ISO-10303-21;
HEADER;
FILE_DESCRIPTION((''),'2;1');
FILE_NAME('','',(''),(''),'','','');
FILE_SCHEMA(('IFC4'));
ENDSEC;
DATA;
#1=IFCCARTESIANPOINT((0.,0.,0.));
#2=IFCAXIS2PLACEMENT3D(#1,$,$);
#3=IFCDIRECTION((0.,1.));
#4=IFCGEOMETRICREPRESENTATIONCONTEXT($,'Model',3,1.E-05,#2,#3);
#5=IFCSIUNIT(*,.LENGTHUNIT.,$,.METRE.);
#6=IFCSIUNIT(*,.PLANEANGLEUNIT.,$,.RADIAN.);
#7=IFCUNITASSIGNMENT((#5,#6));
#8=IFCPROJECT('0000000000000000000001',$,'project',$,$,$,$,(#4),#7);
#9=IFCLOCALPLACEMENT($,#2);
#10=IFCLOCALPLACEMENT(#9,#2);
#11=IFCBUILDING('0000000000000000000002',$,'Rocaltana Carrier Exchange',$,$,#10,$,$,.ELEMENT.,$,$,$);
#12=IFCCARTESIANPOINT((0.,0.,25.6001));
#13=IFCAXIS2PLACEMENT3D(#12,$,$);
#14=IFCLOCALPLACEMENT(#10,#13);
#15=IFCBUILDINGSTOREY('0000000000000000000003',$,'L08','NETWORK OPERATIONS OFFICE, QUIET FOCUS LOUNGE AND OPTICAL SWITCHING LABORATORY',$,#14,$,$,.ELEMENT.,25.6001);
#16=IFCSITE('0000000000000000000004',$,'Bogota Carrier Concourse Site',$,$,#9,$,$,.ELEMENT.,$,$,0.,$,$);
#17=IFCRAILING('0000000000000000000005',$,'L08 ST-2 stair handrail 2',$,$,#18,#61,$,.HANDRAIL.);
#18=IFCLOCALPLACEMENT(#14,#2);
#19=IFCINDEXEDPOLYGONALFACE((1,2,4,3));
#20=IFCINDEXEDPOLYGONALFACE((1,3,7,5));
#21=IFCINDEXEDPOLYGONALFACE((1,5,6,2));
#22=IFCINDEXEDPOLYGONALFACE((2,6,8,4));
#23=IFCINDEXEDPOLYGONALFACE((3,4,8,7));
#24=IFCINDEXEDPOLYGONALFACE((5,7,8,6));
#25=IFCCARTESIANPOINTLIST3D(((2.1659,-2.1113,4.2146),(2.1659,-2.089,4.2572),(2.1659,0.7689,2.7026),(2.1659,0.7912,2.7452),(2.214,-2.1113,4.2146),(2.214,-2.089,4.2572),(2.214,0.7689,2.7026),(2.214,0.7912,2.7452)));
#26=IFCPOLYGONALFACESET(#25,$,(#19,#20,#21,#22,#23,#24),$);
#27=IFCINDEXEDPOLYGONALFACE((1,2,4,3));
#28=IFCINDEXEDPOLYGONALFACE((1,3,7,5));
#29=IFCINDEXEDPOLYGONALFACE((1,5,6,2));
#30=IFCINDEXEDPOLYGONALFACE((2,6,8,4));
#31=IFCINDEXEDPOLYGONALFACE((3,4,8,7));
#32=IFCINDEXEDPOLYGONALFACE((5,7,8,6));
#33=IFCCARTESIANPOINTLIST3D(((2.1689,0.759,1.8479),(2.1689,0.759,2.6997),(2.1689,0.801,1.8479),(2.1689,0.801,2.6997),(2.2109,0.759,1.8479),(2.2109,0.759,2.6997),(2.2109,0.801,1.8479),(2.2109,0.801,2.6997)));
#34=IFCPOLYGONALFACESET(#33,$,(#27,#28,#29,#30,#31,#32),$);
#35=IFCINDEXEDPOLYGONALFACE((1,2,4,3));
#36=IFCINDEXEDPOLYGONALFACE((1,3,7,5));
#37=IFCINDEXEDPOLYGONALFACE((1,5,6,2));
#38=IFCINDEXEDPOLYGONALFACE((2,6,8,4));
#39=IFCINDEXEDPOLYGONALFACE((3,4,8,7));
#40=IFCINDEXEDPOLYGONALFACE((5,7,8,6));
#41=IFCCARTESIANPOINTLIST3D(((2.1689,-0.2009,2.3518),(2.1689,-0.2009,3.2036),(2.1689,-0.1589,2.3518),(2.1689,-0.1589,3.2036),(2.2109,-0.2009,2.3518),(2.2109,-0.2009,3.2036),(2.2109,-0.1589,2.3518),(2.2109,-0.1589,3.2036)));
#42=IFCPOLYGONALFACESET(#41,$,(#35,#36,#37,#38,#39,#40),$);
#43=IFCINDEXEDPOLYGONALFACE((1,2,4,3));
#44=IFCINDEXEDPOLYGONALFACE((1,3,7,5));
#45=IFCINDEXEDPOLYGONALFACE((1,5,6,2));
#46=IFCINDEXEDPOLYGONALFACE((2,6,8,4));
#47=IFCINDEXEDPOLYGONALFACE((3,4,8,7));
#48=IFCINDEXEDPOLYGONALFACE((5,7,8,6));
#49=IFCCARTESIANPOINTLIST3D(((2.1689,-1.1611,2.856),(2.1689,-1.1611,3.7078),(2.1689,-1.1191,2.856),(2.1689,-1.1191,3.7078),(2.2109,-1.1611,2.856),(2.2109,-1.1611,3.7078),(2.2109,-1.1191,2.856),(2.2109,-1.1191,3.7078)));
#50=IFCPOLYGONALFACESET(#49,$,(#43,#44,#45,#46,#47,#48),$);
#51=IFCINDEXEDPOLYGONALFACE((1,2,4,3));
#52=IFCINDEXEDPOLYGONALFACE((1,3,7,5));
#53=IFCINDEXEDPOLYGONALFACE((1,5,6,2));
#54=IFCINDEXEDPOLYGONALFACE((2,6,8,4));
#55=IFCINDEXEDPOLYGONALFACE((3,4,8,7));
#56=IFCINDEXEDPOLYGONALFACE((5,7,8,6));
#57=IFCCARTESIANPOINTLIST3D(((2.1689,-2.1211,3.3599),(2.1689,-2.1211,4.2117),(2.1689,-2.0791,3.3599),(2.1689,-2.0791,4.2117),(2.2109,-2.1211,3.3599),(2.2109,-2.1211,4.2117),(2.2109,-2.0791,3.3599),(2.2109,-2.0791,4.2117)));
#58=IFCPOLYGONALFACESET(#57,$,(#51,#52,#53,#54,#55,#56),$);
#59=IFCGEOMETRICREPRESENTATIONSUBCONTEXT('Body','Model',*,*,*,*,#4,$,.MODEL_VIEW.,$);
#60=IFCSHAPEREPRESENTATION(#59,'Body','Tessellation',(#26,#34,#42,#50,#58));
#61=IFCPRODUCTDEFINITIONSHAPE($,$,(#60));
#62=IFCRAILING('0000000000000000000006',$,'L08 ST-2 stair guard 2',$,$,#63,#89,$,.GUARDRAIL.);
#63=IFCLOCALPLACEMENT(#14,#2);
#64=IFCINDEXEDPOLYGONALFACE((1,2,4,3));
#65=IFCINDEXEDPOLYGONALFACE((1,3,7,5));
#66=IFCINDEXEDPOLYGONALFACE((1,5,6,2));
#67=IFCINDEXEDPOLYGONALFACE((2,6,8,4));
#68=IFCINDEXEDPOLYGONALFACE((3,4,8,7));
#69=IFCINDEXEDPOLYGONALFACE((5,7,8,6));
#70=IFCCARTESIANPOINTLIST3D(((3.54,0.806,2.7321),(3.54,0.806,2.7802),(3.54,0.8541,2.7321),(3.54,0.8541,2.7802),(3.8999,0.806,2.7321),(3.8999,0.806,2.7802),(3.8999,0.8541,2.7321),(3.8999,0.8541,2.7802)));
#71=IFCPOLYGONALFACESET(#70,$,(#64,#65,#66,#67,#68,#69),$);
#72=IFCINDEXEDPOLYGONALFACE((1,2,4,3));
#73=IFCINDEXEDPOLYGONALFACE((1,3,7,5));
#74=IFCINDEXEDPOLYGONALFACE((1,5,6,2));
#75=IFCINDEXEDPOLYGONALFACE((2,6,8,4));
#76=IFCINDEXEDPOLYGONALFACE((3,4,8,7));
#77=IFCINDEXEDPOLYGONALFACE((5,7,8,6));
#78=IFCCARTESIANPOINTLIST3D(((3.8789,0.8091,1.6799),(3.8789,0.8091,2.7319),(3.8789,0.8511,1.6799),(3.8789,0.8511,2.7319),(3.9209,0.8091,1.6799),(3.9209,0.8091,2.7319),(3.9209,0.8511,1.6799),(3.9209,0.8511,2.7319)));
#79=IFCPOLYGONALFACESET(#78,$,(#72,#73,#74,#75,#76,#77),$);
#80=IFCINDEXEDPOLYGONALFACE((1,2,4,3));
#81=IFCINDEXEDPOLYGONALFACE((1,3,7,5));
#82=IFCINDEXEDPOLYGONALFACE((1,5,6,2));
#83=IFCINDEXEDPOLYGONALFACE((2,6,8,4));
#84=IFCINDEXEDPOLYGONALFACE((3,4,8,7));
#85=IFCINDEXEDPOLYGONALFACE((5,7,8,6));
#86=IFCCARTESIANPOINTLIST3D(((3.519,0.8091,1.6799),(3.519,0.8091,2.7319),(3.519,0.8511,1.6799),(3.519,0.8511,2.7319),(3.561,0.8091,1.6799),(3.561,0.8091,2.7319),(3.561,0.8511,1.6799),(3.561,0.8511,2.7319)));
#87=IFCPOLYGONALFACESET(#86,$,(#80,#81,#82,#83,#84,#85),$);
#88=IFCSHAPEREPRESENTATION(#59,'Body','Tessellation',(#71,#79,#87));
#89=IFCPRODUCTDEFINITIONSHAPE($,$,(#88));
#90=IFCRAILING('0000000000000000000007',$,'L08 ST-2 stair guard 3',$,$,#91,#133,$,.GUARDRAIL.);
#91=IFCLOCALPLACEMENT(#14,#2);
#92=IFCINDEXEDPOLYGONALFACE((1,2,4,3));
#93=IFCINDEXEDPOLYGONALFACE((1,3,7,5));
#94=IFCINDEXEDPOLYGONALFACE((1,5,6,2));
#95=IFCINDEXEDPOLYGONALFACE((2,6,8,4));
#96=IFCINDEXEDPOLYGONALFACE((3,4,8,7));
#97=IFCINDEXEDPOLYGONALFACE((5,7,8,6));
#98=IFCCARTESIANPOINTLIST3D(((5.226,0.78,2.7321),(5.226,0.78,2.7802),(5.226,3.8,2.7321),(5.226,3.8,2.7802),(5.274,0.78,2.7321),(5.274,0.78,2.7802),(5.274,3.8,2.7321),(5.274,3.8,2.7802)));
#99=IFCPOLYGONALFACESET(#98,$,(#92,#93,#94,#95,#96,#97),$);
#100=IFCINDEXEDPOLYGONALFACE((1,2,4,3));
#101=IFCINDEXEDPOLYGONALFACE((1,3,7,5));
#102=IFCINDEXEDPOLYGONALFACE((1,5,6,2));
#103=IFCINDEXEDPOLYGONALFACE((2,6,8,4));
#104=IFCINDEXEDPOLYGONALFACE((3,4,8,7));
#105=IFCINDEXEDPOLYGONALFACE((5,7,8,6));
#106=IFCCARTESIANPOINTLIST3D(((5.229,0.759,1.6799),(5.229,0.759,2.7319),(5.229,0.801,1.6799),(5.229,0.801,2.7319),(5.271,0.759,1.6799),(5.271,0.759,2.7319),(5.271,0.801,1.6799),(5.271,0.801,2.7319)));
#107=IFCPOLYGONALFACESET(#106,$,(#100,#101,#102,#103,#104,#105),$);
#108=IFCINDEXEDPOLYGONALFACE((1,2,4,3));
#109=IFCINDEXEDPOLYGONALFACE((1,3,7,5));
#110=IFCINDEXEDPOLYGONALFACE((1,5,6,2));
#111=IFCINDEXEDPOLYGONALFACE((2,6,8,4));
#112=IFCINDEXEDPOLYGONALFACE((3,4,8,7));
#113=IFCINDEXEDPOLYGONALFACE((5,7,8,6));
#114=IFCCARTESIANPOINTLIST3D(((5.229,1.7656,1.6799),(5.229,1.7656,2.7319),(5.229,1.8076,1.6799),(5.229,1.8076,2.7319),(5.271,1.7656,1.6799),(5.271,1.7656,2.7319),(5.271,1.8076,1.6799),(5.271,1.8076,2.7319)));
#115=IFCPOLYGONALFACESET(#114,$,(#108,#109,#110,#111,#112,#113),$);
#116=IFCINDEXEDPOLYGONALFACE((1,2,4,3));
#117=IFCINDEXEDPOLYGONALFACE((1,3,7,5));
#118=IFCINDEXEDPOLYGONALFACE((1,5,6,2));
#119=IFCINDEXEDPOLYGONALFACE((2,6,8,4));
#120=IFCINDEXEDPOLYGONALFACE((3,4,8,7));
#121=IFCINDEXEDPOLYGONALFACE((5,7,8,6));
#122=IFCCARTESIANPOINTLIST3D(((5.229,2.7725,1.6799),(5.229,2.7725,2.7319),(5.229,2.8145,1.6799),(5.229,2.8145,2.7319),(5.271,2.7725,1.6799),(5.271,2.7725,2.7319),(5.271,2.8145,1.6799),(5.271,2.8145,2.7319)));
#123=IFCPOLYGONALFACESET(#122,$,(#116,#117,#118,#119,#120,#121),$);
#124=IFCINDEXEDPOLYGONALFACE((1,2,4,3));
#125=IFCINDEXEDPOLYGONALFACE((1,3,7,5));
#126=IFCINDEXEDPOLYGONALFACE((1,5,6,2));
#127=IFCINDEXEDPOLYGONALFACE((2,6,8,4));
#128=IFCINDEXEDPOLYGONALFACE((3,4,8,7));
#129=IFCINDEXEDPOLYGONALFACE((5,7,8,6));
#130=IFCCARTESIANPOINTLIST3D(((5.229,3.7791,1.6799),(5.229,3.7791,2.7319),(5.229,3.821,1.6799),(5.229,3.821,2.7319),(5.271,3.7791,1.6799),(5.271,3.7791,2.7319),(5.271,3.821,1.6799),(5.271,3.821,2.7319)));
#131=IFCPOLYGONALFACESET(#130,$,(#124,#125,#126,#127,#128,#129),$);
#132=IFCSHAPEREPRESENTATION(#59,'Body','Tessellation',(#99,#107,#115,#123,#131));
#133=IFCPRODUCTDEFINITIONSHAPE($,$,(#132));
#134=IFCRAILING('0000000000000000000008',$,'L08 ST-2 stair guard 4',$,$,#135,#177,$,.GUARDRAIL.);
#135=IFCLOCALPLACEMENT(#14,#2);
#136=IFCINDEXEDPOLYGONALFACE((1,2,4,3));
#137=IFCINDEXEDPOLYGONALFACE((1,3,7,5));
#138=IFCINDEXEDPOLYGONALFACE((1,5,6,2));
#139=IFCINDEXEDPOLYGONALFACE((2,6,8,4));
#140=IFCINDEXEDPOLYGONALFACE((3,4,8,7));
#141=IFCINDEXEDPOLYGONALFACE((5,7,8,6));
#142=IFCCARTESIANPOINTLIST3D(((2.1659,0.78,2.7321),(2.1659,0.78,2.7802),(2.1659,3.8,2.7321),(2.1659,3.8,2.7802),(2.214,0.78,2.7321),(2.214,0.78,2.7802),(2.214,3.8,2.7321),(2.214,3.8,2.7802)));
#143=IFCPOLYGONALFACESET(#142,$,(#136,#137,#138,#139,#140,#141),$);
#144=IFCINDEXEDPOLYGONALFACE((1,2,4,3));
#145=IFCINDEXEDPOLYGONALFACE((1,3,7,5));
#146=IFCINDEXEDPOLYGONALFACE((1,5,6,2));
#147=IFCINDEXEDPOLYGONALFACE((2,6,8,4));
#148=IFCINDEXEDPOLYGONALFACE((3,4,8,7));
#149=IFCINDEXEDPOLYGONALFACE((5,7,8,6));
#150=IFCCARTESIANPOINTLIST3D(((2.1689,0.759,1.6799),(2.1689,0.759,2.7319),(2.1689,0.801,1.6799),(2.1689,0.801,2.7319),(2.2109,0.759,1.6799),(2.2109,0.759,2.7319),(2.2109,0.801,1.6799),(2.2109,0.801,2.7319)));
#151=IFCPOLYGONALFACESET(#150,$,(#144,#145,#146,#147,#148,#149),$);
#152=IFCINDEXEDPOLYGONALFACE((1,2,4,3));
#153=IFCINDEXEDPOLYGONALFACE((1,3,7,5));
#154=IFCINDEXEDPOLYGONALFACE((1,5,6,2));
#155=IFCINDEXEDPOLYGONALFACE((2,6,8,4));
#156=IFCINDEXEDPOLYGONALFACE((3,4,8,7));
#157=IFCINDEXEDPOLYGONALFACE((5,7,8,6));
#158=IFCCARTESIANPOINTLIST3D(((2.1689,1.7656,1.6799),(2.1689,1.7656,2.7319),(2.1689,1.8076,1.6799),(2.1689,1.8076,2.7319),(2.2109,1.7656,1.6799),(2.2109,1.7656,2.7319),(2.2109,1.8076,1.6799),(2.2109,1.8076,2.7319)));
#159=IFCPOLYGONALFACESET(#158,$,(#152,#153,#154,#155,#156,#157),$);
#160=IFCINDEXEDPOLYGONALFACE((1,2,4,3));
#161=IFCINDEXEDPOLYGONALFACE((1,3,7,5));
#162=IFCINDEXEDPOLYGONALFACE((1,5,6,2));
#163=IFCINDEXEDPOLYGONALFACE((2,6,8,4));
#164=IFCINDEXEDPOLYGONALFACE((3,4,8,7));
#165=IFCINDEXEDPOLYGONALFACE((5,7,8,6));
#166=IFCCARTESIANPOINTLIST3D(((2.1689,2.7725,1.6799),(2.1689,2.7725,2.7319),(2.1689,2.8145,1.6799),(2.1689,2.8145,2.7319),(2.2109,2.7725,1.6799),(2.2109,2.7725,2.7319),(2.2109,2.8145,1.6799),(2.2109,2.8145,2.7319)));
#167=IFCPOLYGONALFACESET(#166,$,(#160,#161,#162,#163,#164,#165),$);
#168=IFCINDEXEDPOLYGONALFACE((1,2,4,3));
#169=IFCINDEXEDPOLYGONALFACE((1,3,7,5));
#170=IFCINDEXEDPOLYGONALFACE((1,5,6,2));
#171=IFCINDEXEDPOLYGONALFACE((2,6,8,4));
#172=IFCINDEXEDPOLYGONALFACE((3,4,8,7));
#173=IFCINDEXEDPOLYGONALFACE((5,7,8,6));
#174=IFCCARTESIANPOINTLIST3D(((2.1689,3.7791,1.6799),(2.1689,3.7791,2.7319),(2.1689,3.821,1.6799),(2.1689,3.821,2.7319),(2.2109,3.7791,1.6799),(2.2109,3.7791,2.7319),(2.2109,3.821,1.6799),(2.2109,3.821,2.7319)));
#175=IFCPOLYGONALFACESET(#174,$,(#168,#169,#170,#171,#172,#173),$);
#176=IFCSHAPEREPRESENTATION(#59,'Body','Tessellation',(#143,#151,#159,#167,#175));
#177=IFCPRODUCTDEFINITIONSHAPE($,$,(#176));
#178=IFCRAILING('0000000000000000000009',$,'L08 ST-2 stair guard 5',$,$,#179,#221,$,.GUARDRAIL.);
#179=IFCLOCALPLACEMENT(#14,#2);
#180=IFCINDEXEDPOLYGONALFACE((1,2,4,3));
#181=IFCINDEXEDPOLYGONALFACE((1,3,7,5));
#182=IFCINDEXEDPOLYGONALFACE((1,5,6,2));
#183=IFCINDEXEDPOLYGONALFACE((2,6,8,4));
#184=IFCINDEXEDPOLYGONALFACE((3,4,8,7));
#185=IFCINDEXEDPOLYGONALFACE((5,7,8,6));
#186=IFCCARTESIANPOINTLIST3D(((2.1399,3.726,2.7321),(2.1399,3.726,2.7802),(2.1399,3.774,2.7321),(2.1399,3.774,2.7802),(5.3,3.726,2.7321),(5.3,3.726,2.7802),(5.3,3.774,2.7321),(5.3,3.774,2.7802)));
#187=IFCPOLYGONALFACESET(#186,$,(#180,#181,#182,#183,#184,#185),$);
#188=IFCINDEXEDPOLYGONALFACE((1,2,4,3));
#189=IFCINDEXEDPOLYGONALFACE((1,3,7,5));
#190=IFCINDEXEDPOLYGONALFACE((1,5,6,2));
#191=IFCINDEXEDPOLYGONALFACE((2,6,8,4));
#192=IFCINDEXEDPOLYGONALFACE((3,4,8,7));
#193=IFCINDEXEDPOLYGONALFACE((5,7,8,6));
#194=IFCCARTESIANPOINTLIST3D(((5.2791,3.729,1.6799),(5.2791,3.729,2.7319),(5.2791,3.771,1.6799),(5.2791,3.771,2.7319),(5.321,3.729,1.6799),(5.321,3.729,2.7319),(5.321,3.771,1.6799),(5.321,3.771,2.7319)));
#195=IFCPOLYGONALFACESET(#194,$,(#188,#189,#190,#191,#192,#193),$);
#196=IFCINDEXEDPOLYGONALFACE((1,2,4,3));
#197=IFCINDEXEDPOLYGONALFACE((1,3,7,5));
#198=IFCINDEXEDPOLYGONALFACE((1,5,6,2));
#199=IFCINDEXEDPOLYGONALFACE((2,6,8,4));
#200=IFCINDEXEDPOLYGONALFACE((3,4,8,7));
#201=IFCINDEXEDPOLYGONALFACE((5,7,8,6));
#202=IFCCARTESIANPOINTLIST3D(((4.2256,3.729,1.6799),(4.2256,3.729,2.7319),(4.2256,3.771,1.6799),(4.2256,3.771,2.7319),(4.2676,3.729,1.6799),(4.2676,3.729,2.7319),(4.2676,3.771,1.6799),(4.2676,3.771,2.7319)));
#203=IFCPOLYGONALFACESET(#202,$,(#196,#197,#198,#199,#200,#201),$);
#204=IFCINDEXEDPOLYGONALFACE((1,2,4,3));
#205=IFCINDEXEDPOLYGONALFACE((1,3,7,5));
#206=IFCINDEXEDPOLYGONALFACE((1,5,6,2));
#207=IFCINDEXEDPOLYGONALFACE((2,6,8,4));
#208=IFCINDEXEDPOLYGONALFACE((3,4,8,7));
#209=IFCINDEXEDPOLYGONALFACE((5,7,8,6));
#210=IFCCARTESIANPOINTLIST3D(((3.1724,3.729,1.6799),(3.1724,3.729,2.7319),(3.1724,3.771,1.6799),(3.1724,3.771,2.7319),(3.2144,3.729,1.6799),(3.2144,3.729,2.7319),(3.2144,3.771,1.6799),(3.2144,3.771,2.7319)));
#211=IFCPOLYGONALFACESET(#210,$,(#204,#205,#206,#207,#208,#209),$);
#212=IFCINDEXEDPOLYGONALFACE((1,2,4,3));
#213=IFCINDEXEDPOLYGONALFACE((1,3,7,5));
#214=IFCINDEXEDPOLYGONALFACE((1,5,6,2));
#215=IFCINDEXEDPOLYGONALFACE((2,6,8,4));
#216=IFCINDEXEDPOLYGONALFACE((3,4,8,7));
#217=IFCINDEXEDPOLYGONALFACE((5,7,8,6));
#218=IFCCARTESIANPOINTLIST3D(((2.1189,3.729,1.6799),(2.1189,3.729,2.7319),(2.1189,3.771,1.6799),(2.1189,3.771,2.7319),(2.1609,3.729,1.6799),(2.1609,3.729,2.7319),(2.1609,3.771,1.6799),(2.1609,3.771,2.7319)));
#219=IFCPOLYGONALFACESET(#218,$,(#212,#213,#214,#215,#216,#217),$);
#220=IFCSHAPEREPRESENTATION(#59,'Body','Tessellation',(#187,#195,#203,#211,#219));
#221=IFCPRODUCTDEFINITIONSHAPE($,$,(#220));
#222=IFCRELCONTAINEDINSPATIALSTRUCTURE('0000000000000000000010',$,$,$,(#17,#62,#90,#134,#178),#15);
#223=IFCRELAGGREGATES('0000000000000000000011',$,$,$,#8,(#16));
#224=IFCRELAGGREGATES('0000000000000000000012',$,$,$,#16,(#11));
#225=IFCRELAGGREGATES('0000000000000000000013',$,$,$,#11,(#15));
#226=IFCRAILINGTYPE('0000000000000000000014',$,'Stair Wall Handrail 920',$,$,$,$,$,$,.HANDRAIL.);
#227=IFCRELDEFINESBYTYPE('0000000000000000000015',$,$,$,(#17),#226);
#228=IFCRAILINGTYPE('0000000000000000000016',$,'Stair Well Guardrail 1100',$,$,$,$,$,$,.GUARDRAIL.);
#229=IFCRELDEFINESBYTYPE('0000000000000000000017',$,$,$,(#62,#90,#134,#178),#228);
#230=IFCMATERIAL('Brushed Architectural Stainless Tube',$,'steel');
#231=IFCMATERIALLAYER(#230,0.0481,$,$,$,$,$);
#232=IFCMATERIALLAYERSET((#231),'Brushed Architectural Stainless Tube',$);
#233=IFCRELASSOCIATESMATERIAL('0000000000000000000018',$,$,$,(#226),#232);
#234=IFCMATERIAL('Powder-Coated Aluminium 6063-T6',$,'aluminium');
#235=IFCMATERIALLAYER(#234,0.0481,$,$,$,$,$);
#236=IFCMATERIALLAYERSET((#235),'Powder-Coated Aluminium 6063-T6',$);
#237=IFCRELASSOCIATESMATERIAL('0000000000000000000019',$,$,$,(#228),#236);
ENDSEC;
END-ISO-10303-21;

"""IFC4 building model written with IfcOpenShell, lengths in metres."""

from ifc_helpers import new_model, si_unit, direction, frame, origin, origin_2d, place, context, subcontext, project, spatial, rectangle, extrude, material, layer, layer_set, type_object, element, save


model = new_model("IFC4")

# Units and contexts
model_context = context("Model", 3, precision=1e-05, world=origin(), true_north=direction((0.0, 1.0)))
body_context = subcontext(model_context, "Body", "Model", "MODEL_VIEW")
ifc_project = project(units=[si_unit("LENGTHUNIT", "METRE"), si_unit("PLANEANGLEUNIT", "RADIAN")], contexts=[model_context])

# Site, building, storey
site_placement = place(None, origin())
site = spatial("IfcSite", under=ifc_project, at=site_placement, Name="Bogota Carrier Concourse Site", CompositionType="ELEMENT", RefElevation=0.0)
building_placement = place(site_placement, origin())
building = spatial("IfcBuilding", under=site, at=building_placement, Name="Rocaltana Carrier Exchange", CompositionType="ELEMENT")
storey_placement = place(building_placement, frame((0.0, 0.0, 25.6001)))
storey = spatial("IfcBuildingStorey", under=building, at=storey_placement, Name="L08", Description="NETWORK OPERATIONS OFFICE, QUIET FOCUS LOUNGE AND OPTICAL SWITCHING LABORATORY", CompositionType="ELEMENT", Elevation=25.6001)

# Railings
ifc_material_1 = material(Name="Brushed Architectural Stainless Tube", Category="steel")
ifc_layer_1 = layer(ifc_material_1, 0.0481)
ifc_layer_set_1 = layer_set([ifc_layer_1], Name="Brushed Architectural Stainless Tube")
railing_type_1 = type_object("IfcRailingType", Name="Stair Wall Handrail 920", PredefinedType="HANDRAIL", material=ifc_layer_set_1)
railing_1_placement = place(storey_placement, frame((2.1899, 0.78, 1.8479)))
element("IfcRailing", 1, at=railing_1_placement, inside=storey, type_object=railing_type_1, Name="L08 ST-2 stair handrail 2", PredefinedType="HANDRAIL", context=body_context, shape_type="SweptSolid", body=[
    extrude(rectangle(XDim=0.0481, YDim=0.0481, at=origin_2d()), frame((0.0, 0.0, 0.876), z_axis=(0.0, -0.885411, 0.464809), x_axis=(1.0, 0.0, 0.0)), (0.0, 0.0, 1.0), 3.2529),
    extrude(rectangle(XDim=0.042, YDim=0.042, at=origin_2d()), origin(), (0.0, 0.0, 1.0), 0.8518),
    extrude(rectangle(XDim=0.042, YDim=0.042, at=origin_2d()), frame((0.0, -0.96, 0.5039)), (0.0, 0.0, 1.0), 0.8518),
    extrude(rectangle(XDim=0.042, YDim=0.042, at=origin_2d()), frame((0.0, -1.9202, 1.0081)), (0.0, 0.0, 1.0), 0.8518),
    extrude(rectangle(XDim=0.042, YDim=0.042, at=origin_2d()), frame((0.0, -2.8801, 1.512)), (0.0, 0.0, 1.0), 0.8518),
])
ifc_material_2 = material(Name="Powder-Coated Aluminium 6063-T6", Category="aluminium")
ifc_layer_2 = layer(ifc_material_2, 0.0481)
ifc_layer_set_2 = layer_set([ifc_layer_2], Name="Powder-Coated Aluminium 6063-T6")
railing_type_2 = type_object("IfcRailingType", Name="Stair Well Guardrail 1100", PredefinedType="GUARDRAIL", material=ifc_layer_set_2)
railing_2_placement = place(storey_placement, frame((3.8999, 0.8301, 1.6799)))
element("IfcRailing", 2, at=railing_2_placement, inside=storey, type_object=railing_type_2, Name="L08 ST-2 stair guard 2", PredefinedType="GUARDRAIL", context=body_context, shape_type="SweptSolid", body=[
    extrude(rectangle(XDim=0.0481, YDim=0.0481, at=origin_2d()), frame((0.0, 0.0, 1.0762), z_axis=(-1.0, 0.0, 0.0), x_axis=(0.0, -1.0, 0.0)), (0.0, 0.0, 1.0), 0.3599),
    extrude(rectangle(XDim=0.042, YDim=0.042, at=origin_2d()), origin(), (0.0, 0.0, 1.0), 1.052),
    extrude(rectangle(XDim=0.042, YDim=0.042, at=origin_2d()), frame((-0.3599, 0.0, 0.0)), (0.0, 0.0, 1.0), 1.052),
])
for number, where, name in (
    (3, (5.25, 0.78, 1.6799), "L08 ST-2 stair guard 3"),
    (4, (2.1899, 0.78, 1.6799), "L08 ST-2 stair guard 4"),
):
    element("IfcRailing", number, at=place(storey_placement, frame(where)), inside=storey, type_object=railing_type_2, Name=name, PredefinedType="GUARDRAIL", context=body_context, shape_type="SweptSolid", body=[
        extrude(rectangle(XDim=0.0481, YDim=0.0481, at=origin_2d()), frame((0.0, 0.0, 1.0762), z_axis=(0.0, 1.0, 0.0), x_axis=(-1.0, 0.0, 0.0)), (0.0, 0.0, 1.0), 3.02),
        extrude(rectangle(XDim=0.042, YDim=0.042, at=origin_2d()), origin(), (0.0, 0.0, 1.0), 1.052),
        extrude(rectangle(XDim=0.042, YDim=0.042, at=origin_2d()), frame((0.0, 1.0066, 0.0)), (0.0, 0.0, 1.0), 1.052),
        extrude(rectangle(XDim=0.042, YDim=0.042, at=origin_2d()), frame((0.0, 2.0134, 0.0)), (0.0, 0.0, 1.0), 1.052),
        extrude(rectangle(XDim=0.042, YDim=0.042, at=origin_2d()), frame((0.0, 3.02, 0.0)), (0.0, 0.0, 1.0), 1.052),
    ])
railing_3_placement = place(storey_placement, frame((5.3, 3.75, 1.6799)))
element("IfcRailing", 5, at=railing_3_placement, inside=storey, type_object=railing_type_2, Name="L08 ST-2 stair guard 5", PredefinedType="GUARDRAIL", context=body_context, shape_type="SweptSolid", body=[
    extrude(rectangle(XDim=0.0481, YDim=0.0481, at=origin_2d()), frame((0.0, 0.0, 1.0762), z_axis=(-1.0, 0.0, 0.0), x_axis=(0.0, -1.0, 0.0)), (0.0, 0.0, 1.0), 3.1602),
    extrude(rectangle(XDim=0.042, YDim=0.042, at=origin_2d()), origin(), (0.0, 0.0, 1.0), 1.052),
    extrude(rectangle(XDim=0.042, YDim=0.042, at=origin_2d()), frame((-1.0535, 0.0, 0.0)), (0.0, 0.0, 1.0), 1.052),
    extrude(rectangle(XDim=0.042, YDim=0.042, at=origin_2d()), frame((-2.1067, 0.0, 0.0)), (0.0, 0.0, 1.0), 1.052),
    extrude(rectangle(XDim=0.042, YDim=0.042, at=origin_2d()), frame((-3.1602, 0.0, 0.0)), (0.0, 0.0, 1.0), 1.052),
])

save(model, "model.ifc")
